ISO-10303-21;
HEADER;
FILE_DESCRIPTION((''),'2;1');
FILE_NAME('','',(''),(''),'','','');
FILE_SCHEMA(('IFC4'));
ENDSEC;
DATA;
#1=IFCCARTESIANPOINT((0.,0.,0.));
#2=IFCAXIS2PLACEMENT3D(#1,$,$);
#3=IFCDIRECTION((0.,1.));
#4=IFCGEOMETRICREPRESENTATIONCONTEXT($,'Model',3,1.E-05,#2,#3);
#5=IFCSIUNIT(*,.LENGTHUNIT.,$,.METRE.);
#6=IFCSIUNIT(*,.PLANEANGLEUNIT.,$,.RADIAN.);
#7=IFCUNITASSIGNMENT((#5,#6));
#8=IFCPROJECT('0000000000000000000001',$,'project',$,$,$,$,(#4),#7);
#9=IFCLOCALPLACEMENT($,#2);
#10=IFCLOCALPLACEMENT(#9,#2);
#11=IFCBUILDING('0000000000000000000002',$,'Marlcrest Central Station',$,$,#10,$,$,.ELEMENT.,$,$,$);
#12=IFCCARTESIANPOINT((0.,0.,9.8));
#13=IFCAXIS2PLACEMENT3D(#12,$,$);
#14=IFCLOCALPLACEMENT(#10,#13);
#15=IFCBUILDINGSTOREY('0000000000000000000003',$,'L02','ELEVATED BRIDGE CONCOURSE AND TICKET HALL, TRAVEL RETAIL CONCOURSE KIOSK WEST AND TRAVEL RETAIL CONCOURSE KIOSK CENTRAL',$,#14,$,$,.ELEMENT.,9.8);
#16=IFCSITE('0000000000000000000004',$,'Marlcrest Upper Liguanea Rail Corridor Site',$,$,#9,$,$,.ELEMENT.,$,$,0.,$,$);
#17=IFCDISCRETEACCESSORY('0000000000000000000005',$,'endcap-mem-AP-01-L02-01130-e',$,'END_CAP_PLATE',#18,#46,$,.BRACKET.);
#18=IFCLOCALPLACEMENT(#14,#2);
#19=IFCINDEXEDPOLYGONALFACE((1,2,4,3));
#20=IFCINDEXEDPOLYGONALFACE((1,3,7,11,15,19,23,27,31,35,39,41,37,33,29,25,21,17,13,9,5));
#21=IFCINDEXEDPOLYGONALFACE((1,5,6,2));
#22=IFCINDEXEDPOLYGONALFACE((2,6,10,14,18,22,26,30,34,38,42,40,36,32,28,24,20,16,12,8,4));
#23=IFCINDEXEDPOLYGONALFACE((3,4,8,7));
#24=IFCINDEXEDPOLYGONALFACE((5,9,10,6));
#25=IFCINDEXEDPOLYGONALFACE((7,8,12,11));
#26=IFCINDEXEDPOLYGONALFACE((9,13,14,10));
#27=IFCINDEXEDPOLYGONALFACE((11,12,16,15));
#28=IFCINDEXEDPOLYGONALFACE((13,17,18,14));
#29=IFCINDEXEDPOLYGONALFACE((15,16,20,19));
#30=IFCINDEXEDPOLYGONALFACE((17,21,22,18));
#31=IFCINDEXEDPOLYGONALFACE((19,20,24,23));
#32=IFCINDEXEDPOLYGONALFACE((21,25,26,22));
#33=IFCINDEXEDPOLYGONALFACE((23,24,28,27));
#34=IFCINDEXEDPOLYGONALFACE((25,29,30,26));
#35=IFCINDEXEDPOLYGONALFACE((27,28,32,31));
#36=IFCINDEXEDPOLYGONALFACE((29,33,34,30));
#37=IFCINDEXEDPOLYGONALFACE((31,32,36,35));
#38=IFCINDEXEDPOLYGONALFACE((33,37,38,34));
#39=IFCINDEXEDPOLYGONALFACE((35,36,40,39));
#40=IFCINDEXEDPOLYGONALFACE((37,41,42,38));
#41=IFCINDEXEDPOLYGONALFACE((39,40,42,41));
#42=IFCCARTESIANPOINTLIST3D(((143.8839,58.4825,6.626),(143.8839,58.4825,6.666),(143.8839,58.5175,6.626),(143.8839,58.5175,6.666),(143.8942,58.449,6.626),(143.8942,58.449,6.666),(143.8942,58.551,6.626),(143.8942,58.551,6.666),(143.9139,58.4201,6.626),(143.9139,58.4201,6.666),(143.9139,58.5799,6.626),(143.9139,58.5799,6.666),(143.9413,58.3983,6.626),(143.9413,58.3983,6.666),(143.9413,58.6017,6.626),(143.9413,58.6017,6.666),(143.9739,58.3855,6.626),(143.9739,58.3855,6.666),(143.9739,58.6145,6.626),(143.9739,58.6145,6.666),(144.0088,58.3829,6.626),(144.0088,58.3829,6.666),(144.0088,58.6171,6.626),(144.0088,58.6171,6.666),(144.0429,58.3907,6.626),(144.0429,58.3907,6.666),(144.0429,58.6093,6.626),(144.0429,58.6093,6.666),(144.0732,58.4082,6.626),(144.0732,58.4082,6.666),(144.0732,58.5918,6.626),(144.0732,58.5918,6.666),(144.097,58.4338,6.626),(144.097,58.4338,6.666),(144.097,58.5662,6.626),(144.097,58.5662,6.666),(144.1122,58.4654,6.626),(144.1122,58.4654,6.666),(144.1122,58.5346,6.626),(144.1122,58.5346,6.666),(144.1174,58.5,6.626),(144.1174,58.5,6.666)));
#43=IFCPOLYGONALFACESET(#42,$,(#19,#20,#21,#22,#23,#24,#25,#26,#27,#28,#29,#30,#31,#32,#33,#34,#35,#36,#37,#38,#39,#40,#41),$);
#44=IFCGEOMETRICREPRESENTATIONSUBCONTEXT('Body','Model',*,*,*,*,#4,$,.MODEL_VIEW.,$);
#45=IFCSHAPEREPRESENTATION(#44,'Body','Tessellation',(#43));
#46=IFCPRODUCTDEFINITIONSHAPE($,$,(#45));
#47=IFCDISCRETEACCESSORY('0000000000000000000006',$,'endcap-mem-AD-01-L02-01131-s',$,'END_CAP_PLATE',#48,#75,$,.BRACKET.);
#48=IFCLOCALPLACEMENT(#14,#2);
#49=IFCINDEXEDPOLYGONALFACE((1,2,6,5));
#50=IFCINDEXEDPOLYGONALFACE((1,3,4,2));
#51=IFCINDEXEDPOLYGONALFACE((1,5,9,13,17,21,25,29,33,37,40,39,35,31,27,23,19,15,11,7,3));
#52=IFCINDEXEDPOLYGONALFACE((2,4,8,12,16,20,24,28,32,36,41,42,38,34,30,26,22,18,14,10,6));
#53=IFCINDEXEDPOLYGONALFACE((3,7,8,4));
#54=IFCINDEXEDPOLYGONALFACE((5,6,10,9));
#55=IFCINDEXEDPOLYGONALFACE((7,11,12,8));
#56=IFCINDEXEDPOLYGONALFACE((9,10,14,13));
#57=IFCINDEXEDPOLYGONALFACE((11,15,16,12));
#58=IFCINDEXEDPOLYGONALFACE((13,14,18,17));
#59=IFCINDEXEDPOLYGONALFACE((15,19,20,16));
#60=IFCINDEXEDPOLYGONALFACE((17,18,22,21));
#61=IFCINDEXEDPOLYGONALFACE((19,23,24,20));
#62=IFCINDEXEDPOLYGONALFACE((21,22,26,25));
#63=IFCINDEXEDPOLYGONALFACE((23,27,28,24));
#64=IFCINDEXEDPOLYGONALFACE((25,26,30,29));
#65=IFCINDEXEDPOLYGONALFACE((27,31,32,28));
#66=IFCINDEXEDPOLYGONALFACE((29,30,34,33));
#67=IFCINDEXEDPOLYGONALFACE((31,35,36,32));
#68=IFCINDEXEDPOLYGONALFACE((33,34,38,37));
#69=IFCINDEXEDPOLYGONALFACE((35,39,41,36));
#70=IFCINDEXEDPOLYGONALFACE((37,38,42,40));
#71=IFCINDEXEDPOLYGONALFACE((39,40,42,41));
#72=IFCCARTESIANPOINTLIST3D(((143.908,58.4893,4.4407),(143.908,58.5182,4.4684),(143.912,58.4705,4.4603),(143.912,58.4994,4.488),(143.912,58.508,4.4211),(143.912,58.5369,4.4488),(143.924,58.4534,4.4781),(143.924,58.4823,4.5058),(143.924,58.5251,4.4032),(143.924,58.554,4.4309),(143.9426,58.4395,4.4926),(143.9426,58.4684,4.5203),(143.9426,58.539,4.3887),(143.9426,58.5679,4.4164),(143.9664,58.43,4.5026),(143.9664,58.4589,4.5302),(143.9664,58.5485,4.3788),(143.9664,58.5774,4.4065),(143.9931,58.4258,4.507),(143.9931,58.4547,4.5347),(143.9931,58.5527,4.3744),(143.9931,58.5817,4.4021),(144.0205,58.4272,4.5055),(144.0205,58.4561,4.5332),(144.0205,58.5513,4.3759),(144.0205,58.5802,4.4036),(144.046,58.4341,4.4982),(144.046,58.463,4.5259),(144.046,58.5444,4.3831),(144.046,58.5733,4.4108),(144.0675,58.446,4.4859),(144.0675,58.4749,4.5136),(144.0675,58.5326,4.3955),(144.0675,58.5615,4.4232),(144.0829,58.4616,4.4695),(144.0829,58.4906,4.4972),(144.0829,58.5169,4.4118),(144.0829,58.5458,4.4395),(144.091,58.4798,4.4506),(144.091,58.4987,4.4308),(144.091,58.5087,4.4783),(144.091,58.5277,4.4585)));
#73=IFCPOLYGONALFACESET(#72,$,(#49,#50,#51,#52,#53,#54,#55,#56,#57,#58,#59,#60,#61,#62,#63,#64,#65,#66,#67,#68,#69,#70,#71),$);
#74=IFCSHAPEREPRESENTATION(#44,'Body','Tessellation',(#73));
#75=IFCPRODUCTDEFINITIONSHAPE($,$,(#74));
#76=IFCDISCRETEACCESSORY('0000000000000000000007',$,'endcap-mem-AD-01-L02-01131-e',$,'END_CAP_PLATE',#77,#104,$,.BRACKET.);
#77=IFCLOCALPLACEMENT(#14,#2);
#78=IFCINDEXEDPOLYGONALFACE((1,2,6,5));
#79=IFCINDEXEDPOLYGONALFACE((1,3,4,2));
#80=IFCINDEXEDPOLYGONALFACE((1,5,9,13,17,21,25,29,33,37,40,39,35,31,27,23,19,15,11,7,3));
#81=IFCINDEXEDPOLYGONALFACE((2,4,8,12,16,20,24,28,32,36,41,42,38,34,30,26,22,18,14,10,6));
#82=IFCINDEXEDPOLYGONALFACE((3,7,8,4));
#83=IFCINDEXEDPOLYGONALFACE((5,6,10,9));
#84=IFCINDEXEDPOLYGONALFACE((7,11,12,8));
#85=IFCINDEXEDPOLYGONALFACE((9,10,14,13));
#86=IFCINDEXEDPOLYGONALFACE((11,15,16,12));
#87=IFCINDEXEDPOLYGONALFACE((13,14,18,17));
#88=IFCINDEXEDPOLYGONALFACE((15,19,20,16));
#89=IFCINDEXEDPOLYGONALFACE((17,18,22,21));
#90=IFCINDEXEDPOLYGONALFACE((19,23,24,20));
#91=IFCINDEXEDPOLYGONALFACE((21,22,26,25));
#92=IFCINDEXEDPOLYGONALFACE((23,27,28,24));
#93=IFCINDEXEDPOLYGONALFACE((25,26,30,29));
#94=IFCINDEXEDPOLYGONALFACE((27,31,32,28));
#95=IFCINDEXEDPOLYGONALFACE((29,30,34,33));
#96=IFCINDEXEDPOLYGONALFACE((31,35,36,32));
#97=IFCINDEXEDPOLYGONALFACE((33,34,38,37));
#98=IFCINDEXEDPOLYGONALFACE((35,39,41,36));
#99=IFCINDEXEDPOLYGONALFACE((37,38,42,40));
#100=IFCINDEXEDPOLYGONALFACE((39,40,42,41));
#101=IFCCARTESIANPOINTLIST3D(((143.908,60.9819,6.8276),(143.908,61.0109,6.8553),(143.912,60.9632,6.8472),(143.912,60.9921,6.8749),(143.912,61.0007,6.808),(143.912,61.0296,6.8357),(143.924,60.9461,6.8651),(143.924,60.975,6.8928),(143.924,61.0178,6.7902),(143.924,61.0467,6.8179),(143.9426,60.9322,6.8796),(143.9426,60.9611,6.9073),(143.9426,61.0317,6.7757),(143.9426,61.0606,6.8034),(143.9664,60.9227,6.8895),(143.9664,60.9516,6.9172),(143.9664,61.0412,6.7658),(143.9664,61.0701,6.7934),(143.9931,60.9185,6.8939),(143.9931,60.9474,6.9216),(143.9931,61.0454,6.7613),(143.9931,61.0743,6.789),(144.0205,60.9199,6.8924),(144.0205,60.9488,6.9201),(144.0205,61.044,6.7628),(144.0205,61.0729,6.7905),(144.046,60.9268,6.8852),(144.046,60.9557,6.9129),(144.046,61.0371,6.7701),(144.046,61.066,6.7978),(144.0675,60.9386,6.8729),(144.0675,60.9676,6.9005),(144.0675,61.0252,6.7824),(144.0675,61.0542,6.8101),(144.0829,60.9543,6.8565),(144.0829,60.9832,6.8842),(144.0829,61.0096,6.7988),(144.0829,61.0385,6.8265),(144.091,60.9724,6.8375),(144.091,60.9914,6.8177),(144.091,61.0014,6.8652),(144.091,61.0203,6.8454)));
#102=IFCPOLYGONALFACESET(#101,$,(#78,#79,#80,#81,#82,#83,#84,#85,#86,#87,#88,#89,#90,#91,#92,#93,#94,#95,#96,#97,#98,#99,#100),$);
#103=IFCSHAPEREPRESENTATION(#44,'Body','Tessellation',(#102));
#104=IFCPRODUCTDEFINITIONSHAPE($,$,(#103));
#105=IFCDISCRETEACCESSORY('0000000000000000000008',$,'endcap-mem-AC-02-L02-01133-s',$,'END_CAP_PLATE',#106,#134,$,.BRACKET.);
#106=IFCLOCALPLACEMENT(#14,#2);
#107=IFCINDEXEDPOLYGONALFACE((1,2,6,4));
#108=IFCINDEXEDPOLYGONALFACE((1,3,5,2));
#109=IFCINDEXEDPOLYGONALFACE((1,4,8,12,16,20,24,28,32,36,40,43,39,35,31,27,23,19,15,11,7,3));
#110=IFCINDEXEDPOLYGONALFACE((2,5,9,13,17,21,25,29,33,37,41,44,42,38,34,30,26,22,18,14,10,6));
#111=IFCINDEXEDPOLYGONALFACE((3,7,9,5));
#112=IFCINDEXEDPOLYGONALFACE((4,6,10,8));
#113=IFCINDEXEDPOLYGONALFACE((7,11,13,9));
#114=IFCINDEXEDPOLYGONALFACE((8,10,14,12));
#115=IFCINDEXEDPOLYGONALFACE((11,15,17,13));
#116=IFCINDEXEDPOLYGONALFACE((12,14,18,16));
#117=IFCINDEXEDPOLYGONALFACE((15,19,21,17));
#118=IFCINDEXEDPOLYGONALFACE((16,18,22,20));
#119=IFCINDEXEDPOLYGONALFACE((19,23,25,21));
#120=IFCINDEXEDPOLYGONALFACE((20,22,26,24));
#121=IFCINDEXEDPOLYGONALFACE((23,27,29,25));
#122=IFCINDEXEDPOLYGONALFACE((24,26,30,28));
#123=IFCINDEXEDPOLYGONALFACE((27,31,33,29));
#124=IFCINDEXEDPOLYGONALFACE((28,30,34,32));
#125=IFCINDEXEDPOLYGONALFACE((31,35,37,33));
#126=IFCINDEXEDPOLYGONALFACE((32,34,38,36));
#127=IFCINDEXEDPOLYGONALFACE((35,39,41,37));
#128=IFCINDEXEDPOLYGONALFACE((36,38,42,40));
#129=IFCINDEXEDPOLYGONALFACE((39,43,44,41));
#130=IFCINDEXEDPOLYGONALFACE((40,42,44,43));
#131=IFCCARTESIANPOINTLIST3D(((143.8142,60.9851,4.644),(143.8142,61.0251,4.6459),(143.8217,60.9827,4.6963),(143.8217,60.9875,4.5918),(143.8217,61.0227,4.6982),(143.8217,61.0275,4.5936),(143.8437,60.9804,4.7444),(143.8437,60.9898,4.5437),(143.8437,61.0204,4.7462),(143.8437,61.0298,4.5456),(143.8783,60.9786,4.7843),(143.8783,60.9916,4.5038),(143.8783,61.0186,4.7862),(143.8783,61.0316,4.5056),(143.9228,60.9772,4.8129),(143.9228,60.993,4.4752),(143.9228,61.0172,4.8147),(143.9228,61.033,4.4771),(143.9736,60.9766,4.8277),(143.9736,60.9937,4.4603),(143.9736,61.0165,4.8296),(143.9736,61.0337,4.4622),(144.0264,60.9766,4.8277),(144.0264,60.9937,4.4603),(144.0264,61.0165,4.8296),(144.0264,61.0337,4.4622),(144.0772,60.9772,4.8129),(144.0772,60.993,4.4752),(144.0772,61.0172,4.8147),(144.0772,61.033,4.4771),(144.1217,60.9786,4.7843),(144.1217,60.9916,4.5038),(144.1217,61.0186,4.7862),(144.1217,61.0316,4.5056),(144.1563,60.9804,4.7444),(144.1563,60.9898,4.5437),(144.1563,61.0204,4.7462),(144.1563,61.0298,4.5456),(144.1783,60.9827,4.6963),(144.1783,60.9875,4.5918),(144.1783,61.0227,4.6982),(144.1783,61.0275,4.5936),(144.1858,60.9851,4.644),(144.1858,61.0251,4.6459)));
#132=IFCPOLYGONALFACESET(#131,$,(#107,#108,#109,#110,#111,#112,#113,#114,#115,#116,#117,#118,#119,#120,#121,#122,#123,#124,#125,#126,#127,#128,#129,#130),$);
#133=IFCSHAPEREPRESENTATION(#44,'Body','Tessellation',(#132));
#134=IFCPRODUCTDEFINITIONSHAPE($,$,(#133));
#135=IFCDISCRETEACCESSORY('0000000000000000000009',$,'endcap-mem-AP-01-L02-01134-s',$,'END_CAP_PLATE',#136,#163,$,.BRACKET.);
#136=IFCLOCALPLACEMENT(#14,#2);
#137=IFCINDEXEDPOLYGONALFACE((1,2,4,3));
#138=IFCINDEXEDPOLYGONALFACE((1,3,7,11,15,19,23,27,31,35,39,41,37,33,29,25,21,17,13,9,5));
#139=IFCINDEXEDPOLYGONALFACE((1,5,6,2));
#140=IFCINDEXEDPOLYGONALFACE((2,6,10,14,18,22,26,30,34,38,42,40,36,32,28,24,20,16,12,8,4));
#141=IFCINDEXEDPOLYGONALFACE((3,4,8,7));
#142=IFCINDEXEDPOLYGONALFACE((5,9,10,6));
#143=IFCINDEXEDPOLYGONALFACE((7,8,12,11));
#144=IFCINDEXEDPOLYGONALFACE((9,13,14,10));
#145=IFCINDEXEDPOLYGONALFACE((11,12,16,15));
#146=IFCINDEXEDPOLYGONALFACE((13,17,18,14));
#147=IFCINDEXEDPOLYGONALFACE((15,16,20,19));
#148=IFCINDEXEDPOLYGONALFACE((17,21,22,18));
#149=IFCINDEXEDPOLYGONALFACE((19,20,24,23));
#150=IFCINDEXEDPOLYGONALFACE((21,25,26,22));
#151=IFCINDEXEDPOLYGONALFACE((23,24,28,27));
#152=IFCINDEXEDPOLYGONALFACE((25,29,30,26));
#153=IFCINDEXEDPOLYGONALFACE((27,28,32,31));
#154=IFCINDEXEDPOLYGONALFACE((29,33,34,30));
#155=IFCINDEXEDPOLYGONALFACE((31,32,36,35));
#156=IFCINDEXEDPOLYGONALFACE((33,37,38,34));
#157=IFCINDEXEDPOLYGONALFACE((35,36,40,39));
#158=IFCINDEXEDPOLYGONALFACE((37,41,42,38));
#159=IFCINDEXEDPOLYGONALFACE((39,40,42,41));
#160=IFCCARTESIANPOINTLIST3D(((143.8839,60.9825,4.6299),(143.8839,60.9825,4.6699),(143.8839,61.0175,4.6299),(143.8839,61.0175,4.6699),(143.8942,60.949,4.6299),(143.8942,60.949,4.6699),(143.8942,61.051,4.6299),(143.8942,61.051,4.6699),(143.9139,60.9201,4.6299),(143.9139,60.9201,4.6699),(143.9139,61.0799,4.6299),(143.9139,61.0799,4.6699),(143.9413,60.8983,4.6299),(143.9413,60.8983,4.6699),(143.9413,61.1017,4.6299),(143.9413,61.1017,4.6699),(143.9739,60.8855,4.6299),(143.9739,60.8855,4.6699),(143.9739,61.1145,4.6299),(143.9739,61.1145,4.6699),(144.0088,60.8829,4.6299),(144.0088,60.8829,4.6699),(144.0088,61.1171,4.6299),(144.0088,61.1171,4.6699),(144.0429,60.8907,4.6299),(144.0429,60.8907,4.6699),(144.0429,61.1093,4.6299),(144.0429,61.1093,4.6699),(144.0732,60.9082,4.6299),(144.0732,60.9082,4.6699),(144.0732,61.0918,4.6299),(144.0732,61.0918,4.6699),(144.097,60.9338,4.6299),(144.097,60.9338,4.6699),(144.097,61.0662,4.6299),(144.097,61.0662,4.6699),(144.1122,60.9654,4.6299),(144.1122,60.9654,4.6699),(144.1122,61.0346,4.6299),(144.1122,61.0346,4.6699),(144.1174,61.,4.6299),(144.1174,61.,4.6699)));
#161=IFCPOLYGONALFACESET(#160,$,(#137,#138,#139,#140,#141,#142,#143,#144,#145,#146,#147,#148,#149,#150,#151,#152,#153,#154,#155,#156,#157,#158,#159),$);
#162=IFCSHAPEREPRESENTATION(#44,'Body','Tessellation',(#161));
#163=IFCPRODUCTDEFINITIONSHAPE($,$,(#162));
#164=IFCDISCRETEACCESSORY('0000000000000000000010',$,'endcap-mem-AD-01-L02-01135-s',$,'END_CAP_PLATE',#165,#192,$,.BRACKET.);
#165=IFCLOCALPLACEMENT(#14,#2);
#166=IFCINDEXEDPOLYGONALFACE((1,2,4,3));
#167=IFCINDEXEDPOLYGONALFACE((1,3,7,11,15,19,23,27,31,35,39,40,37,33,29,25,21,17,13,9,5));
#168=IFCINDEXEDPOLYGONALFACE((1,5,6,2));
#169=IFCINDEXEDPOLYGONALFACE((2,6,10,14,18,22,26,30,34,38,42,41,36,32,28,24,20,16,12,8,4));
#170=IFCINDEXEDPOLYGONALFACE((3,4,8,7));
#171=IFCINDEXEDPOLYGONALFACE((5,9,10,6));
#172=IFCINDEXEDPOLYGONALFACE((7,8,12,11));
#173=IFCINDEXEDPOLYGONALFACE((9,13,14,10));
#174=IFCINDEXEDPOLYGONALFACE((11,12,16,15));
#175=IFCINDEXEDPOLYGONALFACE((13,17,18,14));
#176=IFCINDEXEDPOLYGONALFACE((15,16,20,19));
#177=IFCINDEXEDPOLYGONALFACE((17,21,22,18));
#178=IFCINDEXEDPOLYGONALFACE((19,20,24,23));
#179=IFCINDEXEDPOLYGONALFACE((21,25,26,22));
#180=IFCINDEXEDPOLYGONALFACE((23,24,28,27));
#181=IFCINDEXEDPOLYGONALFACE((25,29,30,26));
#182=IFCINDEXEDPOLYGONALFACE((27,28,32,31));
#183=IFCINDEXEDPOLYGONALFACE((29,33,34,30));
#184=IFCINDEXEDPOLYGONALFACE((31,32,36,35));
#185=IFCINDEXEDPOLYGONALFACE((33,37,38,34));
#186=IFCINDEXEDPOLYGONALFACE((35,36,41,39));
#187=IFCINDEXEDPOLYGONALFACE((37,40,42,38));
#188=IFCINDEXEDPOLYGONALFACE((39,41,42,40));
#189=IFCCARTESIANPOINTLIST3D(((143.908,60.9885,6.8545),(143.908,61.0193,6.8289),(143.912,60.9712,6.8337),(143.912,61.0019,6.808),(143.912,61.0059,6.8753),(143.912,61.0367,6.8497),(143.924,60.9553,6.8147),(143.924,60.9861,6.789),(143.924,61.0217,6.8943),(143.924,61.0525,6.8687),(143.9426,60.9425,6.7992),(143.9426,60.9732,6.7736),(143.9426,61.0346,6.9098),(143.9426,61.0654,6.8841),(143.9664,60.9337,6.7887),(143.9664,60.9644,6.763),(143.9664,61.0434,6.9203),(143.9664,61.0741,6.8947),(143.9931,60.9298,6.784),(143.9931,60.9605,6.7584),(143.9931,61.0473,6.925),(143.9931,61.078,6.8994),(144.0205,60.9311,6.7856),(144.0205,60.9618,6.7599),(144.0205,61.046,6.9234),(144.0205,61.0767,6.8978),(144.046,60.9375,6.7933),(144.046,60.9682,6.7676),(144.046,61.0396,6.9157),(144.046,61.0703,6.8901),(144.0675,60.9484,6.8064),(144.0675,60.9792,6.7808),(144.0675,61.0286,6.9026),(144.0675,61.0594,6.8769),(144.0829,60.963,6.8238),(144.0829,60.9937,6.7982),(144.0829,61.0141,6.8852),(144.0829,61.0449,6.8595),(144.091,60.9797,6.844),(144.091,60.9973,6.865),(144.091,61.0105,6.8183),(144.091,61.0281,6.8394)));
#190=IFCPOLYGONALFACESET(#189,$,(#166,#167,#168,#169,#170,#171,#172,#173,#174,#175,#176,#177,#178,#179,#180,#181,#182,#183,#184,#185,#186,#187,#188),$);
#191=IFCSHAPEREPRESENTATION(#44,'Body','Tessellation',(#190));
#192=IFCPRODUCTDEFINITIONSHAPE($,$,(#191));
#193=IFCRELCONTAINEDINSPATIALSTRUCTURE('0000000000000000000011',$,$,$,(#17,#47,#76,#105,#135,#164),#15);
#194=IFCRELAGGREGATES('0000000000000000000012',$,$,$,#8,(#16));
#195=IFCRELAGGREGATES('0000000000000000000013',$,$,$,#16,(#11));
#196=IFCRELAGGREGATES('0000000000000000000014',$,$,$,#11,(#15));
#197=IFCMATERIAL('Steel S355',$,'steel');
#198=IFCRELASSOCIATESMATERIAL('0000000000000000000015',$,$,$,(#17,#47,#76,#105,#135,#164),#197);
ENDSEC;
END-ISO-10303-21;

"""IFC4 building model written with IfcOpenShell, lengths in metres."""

from ifc_helpers import new_model, si_unit, direction, frame, origin, origin_2d, place, context, subcontext, project, spatial, circle, extrude, material, element, save


model = new_model("IFC4")

# Units and contexts
model_context = context("Model", 3, precision=1e-05, world=origin(), true_north=direction((0.0, 1.0)))
body_context = subcontext(model_context, "Body", "Model", "MODEL_VIEW")
ifc_project = project(units=[si_unit("LENGTHUNIT", "METRE"), si_unit("PLANEANGLEUNIT", "RADIAN")], contexts=[model_context])

# Site, building, storey
site_placement = place(None, origin())
site = spatial("IfcSite", under=ifc_project, at=site_placement, Name="Marlcrest Upper Liguanea Rail Corridor Site", CompositionType="ELEMENT", RefElevation=0.0)
building_placement = place(site_placement, origin())
building = spatial("IfcBuilding", under=site, at=building_placement, Name="Marlcrest Central Station", CompositionType="ELEMENT")
storey_placement = place(building_placement, frame((0.0, 0.0, 9.8)))
storey = spatial("IfcBuildingStorey", under=building, at=storey_placement, Name="L02", Description="ELEVATED BRIDGE CONCOURSE AND TICKET HALL, TRAVEL RETAIL CONCOURSE KIOSK WEST AND TRAVEL RETAIL CONCOURSE KIOSK CENTRAL", CompositionType="ELEMENT", Elevation=9.8)

# Shared definitions
ifc_material = material(Name="Steel S355", Category="steel")

# Discrete accessories
for number, where, z_axis, x_axis, name in (
    (1, (144.0, 58.5, 6.626), (0.0, 0.0, 1.0), (1.0, 0.0, 0.0), "endcap-mem-AP-01-L02-01130-e"),
):
    element("IfcDiscreteAccessory", number, at=place(storey_placement, frame(where, z_axis=z_axis, x_axis=x_axis)), inside=storey, material=ifc_material, Name=name, ObjectType="END_CAP_PLATE", PredefinedType="BRACKET", context=body_context, shape_type="SweptSolid", body=[
        extrude(circle(Radius=0.1174, at=origin_2d()), origin(), (0.0, 0.0, 1.0), 0.04),
    ])
for number, where, z_axis, x_axis, name in (
    (2, (144.0, 58.4893, 4.4407), (0.0, 0.722247, 0.691636), (-1.0, 0.0, 0.0), "endcap-mem-AD-01-L02-01131-s"),
    (3, (144.0, 60.9819, 6.8276), (0.0, 0.722247, 0.691636), (-1.0, 0.0, 0.0), "endcap-mem-AD-01-L02-01131-e"),
):
    element("IfcDiscreteAccessory", number, at=place(storey_placement, frame(where, z_axis=z_axis, x_axis=x_axis)), inside=storey, material=ifc_material, Name=name, ObjectType="END_CAP_PLATE", PredefinedType="BRACKET", context=body_context, shape_type="SweptSolid", body=[
        extrude(circle(Radius=0.092, at=origin_2d()), origin(), (0.0, 0.0, 1.0), 0.04),
    ])
discrete_accessory_1_placement = place(storey_placement, frame((144.0, 60.9851, 4.644), z_axis=(0.0, 0.998917, 0.046532), x_axis=(-1.0, 0.0, 0.0)))
element("IfcDiscreteAccessory", 4, at=discrete_accessory_1_placement, inside=storey, material=ifc_material, Name="endcap-mem-AC-02-L02-01133-s", ObjectType="END_CAP_PLATE", PredefinedType="BRACKET", context=body_context, shape_type="SweptSolid", body=[
    extrude(circle(Radius=0.1858, at=origin_2d()), origin(), (0.0, 0.0, 1.0), 0.04),
])
discrete_accessory_2_placement = place(storey_placement, frame((144.0, 61.0, 4.6299), z_axis=(0.0, 0.0, 1.0), x_axis=(1.0, 0.0, 0.0)))
element("IfcDiscreteAccessory", 5, at=discrete_accessory_2_placement, inside=storey, material=ifc_material, Name="endcap-mem-AP-01-L02-01134-s", ObjectType="END_CAP_PLATE", PredefinedType="BRACKET", context=body_context, shape_type="SweptSolid", body=[
    extrude(circle(Radius=0.1174, at=origin_2d()), origin(), (0.0, 0.0, 1.0), 0.04),
])
discrete_accessory_3_placement = place(storey_placement, frame((144.0, 60.9885, 6.8545), z_axis=(0.0, 0.76816, -0.640258), x_axis=(-1.0, 0.0, 0.0)))
element("IfcDiscreteAccessory", 6, at=discrete_accessory_3_placement, inside=storey, material=ifc_material, Name="endcap-mem-AD-01-L02-01135-s", ObjectType="END_CAP_PLATE", PredefinedType="BRACKET", context=body_context, shape_type="SweptSolid", body=[
    extrude(circle(Radius=0.092, at=origin_2d()), origin(), (0.0, 0.0, 1.0), 0.04),
])

save(model, "model.ifc")
